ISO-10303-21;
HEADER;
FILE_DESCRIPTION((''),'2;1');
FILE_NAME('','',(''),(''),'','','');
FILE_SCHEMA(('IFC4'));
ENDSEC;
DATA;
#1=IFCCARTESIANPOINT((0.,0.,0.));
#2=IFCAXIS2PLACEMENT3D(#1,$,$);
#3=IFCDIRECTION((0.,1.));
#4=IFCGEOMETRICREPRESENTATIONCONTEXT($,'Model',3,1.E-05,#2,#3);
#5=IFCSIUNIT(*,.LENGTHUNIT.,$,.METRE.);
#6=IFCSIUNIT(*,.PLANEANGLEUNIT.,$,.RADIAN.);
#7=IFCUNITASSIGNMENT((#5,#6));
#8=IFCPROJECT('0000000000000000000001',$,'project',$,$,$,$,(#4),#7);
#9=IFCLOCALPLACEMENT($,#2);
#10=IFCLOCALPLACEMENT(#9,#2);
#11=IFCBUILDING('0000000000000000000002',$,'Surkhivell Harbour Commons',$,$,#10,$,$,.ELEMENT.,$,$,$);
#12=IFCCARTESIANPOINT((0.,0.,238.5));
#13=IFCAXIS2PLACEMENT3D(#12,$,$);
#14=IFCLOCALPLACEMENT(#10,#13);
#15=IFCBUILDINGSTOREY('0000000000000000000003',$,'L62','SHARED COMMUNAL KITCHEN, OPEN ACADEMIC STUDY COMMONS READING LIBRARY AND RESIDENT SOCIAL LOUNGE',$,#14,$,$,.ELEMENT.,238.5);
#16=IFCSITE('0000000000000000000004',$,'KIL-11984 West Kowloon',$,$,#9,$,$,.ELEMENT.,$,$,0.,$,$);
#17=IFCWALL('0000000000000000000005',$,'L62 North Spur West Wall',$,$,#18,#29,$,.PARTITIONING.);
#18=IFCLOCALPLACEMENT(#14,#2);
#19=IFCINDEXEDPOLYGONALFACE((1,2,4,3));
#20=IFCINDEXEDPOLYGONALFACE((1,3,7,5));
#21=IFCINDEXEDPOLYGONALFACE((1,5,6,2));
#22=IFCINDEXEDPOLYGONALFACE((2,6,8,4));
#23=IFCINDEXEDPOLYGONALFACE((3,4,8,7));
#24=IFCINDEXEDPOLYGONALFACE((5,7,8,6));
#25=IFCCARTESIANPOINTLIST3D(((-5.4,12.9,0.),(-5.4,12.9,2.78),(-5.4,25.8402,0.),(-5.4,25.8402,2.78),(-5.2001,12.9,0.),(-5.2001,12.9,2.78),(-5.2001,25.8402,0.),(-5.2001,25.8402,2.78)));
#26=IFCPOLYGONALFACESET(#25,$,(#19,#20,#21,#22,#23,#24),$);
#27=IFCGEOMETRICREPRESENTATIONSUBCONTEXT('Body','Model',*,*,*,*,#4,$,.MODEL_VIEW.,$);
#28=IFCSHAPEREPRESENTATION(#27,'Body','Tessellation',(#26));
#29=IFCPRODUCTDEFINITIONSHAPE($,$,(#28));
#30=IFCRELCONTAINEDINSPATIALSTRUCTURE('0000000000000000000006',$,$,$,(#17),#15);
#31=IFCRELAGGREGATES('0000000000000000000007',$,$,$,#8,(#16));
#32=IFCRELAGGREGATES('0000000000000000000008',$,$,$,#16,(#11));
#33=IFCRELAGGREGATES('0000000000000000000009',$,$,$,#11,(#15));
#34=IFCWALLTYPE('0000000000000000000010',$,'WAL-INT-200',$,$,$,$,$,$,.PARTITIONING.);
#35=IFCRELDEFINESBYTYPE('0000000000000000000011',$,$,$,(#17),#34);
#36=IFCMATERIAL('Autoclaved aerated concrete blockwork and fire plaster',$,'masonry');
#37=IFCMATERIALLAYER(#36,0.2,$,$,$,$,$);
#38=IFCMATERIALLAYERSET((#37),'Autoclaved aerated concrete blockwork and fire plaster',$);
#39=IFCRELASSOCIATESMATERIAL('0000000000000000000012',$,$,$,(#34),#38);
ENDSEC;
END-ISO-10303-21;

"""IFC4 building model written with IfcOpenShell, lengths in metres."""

from ifc_helpers import new_model, si_unit, direction, frame, frame_2d, origin, place, context, subcontext, project, spatial, rectangle, extrude, material, layer, layer_set, type_object, element, save


model = new_model("IFC4")

# Units and contexts
model_context = context("Model", 3, precision=1e-05, world=origin(), true_north=direction((0.0, 1.0)))
body_context = subcontext(model_context, "Body", "Model", "MODEL_VIEW")
ifc_project = project(units=[si_unit("LENGTHUNIT", "METRE"), si_unit("PLANEANGLEUNIT", "RADIAN")], contexts=[model_context])

# Site, building, storey
site_placement = place(None, origin())
site = spatial("IfcSite", under=ifc_project, at=site_placement, Name="KIL-11984 West Kowloon", CompositionType="ELEMENT", RefElevation=0.0)
building_placement = place(site_placement, origin())
building = spatial("IfcBuilding", under=site, at=building_placement, Name="Surkhivell Harbour Commons", CompositionType="ELEMENT")
storey_placement = place(building_placement, frame((0.0, 0.0, 238.5)))
storey = spatial("IfcBuildingStorey", under=building, at=storey_placement, Name="L62", Description="SHARED COMMUNAL KITCHEN, OPEN ACADEMIC STUDY COMMONS READING LIBRARY AND RESIDENT SOCIAL LOUNGE", CompositionType="ELEMENT", Elevation=238.5)

# Shared definitions
ifc_material_1 = material(Name="Autoclaved aerated concrete blockwork and fire plaster", Category="masonry")
ifc_layer_1 = layer(ifc_material_1, 0.2)
ifc_layer_set_1 = layer_set([ifc_layer_1], Name="Autoclaved aerated concrete blockwork and fire plaster")
wall_type_1 = type_object("IfcWallType", Name="WAL-INT-200", PredefinedType="PARTITIONING", material=ifc_layer_set_1)

# Wall
for number, where, z_axis, x_axis, name in (
    (1, (-5.3, 12.8999, 0.0), (0.0, 0.0, 1.0), (0.0, 1.0, 0.0), "L62 North Spur West Wall"),
):
    element("IfcWall", number, at=place(storey_placement, frame(where, z_axis=z_axis, x_axis=x_axis)), inside=storey, type_object=wall_type_1, Name=name, PredefinedType="PARTITIONING", context=body_context, shape_type="SweptSolid", body=[
        extrude(rectangle(XDim=12.9402, YDim=0.2, at=frame_2d((6.4702, 0.0))), origin(), (0.0, 0.0, 1.0), 2.78),
    ])

save(model, "model.ifc")
